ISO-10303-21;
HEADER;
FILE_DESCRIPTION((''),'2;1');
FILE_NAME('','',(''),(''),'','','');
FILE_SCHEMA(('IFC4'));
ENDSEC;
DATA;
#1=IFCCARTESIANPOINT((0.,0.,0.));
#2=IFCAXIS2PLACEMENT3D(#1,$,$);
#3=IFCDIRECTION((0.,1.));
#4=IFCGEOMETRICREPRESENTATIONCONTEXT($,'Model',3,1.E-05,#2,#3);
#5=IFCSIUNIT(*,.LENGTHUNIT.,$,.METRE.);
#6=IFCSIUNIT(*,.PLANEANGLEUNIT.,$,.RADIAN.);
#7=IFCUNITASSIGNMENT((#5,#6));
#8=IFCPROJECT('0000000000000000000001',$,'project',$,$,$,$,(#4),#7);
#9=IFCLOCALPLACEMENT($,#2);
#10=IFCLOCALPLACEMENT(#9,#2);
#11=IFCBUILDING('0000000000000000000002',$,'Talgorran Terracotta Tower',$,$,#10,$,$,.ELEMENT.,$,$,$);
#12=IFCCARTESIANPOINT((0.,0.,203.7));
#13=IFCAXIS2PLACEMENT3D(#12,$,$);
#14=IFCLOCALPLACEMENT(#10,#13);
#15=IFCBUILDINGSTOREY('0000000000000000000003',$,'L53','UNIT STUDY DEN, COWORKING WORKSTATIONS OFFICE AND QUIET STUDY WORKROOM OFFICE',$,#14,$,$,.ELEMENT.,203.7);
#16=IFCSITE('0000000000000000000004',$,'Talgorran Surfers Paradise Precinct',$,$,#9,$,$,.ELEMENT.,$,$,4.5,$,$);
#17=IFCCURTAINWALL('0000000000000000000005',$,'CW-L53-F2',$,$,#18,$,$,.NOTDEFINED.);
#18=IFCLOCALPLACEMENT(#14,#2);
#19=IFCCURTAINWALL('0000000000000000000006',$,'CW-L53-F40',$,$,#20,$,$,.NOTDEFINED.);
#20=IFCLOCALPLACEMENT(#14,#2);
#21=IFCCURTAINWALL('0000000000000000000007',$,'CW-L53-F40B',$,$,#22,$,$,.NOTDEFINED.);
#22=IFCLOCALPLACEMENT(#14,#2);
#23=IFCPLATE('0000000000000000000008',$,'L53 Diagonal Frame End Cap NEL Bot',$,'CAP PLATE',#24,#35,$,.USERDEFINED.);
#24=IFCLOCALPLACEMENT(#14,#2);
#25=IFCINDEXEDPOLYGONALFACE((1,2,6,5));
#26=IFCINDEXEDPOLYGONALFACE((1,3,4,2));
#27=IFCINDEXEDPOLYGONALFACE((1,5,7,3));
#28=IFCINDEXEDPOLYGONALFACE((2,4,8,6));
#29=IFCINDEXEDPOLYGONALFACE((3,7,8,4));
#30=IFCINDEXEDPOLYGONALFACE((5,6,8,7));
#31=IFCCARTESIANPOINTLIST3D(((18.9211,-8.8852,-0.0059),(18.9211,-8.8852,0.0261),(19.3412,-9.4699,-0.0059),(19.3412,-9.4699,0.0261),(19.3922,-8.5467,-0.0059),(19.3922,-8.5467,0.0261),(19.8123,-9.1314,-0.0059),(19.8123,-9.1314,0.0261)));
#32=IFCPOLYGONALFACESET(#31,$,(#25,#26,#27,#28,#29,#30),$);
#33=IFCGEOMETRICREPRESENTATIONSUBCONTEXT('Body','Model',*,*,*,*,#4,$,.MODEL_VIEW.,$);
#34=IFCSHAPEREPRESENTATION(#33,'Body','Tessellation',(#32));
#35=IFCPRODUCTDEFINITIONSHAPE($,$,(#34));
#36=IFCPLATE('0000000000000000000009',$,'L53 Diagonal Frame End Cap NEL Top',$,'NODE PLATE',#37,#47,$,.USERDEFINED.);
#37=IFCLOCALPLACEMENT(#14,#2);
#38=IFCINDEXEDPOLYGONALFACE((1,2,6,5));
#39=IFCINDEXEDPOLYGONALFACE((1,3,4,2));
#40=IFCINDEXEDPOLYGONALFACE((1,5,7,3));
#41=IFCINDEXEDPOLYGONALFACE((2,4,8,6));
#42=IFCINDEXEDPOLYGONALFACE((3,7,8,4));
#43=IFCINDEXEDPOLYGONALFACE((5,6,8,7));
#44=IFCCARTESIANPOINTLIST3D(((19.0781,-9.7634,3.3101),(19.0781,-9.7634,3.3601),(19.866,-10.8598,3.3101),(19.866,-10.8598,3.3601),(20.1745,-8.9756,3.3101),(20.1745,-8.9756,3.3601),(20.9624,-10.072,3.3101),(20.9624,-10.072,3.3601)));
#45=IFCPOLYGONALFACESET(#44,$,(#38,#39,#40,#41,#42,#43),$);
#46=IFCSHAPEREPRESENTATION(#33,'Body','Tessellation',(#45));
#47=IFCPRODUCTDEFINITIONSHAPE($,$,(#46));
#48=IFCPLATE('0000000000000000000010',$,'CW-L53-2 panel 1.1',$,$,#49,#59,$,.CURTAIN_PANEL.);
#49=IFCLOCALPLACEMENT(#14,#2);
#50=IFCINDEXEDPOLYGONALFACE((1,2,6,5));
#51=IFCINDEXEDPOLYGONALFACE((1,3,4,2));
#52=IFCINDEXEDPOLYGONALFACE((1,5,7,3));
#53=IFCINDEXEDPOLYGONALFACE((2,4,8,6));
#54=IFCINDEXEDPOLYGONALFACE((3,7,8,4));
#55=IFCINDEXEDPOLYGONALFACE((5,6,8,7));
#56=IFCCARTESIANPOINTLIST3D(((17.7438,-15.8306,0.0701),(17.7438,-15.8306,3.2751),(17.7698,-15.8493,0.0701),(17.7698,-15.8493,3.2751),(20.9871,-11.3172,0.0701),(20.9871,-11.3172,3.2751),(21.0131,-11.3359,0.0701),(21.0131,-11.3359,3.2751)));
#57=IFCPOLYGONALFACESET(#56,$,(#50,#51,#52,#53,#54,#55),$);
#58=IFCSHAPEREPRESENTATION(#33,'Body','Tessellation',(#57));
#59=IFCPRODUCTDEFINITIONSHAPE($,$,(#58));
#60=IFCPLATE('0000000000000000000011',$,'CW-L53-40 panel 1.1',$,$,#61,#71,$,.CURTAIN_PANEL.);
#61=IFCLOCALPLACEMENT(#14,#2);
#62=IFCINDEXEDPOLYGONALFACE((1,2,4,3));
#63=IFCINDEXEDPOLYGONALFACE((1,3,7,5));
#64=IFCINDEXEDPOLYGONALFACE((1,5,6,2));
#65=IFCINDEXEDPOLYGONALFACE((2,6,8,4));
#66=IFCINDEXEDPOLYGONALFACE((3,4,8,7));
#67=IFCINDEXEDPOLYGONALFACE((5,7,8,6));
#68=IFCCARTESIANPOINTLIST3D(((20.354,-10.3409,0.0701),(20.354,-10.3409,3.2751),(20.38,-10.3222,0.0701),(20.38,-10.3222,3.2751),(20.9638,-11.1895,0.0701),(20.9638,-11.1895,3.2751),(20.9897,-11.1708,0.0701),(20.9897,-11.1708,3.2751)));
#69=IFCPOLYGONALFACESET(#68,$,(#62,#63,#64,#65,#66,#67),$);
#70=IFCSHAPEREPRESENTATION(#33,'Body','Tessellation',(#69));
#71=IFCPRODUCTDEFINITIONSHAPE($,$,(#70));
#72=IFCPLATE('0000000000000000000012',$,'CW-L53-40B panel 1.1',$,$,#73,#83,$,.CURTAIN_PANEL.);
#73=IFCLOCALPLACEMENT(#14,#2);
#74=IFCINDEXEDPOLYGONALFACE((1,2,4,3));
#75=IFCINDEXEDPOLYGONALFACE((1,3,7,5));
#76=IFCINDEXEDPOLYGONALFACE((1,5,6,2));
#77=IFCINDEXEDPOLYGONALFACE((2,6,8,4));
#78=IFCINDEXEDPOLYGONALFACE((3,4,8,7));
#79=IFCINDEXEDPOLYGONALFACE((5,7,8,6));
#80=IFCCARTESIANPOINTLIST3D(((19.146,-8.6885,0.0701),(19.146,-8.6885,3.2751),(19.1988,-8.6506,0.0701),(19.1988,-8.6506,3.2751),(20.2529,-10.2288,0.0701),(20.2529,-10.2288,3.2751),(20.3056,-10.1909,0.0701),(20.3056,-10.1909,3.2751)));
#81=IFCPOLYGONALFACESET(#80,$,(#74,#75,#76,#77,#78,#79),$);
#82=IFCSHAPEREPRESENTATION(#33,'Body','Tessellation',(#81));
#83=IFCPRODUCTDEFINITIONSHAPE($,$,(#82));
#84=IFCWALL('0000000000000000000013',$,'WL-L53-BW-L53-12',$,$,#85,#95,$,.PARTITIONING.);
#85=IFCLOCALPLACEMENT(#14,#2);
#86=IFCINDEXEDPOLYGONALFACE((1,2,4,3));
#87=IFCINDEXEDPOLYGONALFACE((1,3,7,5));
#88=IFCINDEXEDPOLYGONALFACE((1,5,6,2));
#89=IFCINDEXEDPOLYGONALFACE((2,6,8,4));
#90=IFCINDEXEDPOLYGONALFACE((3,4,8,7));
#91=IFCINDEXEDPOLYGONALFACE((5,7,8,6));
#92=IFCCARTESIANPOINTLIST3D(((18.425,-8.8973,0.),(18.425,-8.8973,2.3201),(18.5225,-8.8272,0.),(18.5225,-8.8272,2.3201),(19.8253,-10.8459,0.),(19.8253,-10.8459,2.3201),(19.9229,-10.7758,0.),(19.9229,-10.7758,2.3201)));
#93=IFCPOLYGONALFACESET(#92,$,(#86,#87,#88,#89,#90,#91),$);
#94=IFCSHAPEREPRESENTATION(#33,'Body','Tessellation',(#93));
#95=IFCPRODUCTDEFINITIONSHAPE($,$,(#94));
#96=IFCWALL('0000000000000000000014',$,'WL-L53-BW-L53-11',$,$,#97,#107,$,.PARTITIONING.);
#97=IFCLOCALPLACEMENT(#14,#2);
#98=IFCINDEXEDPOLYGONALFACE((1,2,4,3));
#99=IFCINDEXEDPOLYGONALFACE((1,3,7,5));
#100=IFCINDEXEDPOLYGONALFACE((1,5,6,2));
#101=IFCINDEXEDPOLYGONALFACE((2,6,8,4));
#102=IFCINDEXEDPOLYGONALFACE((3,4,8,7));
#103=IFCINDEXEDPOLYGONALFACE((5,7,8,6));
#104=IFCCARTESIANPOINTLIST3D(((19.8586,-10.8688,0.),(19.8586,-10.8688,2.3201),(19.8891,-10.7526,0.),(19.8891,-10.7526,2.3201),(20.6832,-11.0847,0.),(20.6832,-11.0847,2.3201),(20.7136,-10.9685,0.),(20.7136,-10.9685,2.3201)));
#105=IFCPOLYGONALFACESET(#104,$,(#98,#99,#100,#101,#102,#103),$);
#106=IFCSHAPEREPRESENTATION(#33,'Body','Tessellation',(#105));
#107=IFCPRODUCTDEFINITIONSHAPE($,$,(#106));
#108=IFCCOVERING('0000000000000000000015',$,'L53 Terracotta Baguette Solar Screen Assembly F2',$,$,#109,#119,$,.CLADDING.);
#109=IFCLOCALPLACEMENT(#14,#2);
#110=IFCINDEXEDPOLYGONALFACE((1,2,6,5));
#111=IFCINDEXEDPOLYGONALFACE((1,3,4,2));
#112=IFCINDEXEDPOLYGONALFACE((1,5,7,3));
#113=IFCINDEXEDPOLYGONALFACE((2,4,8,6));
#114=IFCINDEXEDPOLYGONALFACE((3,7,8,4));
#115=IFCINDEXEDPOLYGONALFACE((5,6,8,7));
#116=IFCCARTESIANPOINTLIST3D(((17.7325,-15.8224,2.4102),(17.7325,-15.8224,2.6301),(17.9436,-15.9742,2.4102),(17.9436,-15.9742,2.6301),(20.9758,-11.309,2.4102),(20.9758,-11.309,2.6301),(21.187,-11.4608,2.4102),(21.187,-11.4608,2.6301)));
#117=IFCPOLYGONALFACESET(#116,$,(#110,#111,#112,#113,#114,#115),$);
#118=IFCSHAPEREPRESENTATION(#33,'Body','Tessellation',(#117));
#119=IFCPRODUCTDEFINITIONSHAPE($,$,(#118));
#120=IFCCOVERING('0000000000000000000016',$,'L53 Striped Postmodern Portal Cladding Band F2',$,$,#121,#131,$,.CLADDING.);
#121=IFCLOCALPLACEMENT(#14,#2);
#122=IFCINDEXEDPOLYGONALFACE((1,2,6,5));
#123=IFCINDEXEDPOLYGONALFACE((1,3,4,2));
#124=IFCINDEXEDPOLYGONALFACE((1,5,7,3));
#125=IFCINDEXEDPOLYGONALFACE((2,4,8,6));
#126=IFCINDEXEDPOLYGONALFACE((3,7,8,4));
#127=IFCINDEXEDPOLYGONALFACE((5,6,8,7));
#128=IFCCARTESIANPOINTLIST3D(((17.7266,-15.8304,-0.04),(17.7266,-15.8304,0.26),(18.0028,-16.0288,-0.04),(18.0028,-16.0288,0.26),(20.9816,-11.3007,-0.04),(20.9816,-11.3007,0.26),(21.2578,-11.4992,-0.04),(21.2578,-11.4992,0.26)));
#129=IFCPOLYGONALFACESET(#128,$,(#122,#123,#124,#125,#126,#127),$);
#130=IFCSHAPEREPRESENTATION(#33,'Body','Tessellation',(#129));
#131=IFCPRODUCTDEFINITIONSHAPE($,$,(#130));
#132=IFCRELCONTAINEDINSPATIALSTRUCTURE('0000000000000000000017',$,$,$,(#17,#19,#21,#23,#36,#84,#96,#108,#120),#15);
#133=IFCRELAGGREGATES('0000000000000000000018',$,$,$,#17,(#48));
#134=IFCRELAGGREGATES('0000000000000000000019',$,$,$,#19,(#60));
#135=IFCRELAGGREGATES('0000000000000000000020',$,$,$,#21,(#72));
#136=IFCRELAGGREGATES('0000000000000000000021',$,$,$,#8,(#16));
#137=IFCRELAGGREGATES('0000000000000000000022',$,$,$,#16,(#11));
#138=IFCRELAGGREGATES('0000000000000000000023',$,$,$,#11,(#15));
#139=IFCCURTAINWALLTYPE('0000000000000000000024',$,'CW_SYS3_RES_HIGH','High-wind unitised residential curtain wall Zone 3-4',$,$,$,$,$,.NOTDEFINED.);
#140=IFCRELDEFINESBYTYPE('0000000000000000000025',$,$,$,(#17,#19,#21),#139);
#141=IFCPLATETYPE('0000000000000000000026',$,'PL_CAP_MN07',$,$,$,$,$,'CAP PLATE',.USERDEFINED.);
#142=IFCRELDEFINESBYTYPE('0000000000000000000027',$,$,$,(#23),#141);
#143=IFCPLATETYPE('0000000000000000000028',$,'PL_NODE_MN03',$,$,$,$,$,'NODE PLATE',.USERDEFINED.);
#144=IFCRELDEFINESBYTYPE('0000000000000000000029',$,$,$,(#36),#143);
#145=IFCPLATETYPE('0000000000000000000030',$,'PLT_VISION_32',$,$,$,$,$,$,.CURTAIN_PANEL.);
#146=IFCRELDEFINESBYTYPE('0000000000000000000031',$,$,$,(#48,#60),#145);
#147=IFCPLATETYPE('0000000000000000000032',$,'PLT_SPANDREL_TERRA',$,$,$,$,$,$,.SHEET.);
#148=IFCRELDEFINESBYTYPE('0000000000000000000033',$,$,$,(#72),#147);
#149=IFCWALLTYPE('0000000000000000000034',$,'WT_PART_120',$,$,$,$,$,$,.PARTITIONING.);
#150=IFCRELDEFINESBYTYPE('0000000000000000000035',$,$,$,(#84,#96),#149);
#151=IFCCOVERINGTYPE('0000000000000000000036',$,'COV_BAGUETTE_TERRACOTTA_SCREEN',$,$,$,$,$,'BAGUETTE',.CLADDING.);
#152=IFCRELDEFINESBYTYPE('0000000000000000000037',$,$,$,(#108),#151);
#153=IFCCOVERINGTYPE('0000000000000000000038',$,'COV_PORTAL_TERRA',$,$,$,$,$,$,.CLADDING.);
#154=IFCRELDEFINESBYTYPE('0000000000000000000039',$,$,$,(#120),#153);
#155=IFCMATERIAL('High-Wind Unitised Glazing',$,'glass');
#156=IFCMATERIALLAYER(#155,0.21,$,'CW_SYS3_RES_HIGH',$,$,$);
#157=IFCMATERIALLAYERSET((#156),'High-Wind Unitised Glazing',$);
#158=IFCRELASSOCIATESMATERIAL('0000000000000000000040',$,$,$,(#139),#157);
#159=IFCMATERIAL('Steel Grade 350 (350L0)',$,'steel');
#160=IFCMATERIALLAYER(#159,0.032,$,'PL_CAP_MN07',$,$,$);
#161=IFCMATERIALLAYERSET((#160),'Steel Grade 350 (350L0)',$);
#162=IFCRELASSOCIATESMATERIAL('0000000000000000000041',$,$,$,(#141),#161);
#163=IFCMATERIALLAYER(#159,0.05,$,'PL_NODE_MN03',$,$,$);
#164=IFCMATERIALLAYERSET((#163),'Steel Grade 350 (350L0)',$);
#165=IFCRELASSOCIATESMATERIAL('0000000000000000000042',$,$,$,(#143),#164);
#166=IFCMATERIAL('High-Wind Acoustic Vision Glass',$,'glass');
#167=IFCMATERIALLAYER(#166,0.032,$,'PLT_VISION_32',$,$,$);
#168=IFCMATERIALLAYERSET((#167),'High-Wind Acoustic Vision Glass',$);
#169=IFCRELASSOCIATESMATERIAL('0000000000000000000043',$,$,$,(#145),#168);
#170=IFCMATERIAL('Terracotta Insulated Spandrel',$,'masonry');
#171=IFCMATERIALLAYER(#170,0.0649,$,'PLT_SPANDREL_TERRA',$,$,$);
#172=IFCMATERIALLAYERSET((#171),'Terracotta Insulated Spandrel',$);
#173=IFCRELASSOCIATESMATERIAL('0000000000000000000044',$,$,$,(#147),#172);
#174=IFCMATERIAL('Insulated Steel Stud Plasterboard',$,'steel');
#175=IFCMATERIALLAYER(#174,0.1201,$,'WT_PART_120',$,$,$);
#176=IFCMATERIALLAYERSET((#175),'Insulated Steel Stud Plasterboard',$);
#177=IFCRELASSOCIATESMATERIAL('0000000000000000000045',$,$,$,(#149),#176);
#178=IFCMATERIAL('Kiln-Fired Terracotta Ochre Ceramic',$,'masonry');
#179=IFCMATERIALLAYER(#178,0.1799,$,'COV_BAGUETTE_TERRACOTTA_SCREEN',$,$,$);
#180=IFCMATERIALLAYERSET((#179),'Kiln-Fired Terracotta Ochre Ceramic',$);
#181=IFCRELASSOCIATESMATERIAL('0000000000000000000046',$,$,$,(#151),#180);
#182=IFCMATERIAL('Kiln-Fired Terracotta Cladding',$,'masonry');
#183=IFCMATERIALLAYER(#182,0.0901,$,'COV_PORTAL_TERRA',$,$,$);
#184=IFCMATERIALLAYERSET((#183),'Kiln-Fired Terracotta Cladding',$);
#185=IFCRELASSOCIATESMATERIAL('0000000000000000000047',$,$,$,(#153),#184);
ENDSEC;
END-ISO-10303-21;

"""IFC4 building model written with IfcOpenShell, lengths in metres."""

from ifc_helpers import new_model, si_unit, direction, frame, frame_2d, origin, origin_2d, place, context, subcontext, project, spatial, rectangle, extrude, source, transform, mapped, material, layer, layer_set, type_object, type_shapes, element, aggregate, save


model = new_model("IFC4")

# Units and contexts
model_context = context("Model", 3, precision=1e-05, world=origin(), true_north=direction((0.0, 1.0)))
body_context = subcontext(model_context, "Body", "Model", "MODEL_VIEW")
ifc_project = project(units=[si_unit("LENGTHUNIT", "METRE"), si_unit("PLANEANGLEUNIT", "RADIAN")], contexts=[model_context])

# Site, building, storey
site_placement = place(None, origin())
site = spatial("IfcSite", under=ifc_project, at=site_placement, Name="Talgorran Surfers Paradise Precinct", CompositionType="ELEMENT", RefElevation=4.5)
building_placement = place(site_placement, origin())
building = spatial("IfcBuilding", under=site, at=building_placement, Name="Talgorran Terracotta Tower", CompositionType="ELEMENT")
storey_placement = place(building_placement, frame((0.0, 0.0, 203.7)))
storey = spatial("IfcBuildingStorey", under=building, at=storey_placement, Name="L53", Description="UNIT STUDY DEN, COWORKING WORKSTATIONS OFFICE AND QUIET STUDY WORKROOM OFFICE", CompositionType="ELEMENT", Elevation=203.7)

# Shared definitions
ifc_material_1 = material(Name="Steel Grade 350 (350L0)", Category="steel")

# Curtain wall
ifc_material_2 = material(Name="High-Wind Unitised Glazing", Category="glass")
ifc_layer_1 = layer(ifc_material_2, 0.21, Name="CW_SYS3_RES_HIGH")
ifc_layer_set_1 = layer_set([ifc_layer_1], Name="High-Wind Unitised Glazing")
curtain_wall_type = type_object("IfcCurtainWallType", Name="CW_SYS3_RES_HIGH", Description="High-wind unitised residential curtain wall Zone 3-4", PredefinedType="NOTDEFINED", material=ifc_layer_set_1)
curtain_wall_1_placement = place(storey_placement, origin())
curtain_wall_1 = element("IfcCurtainWall", 1, at=curtain_wall_1_placement, inside=storey, type_object=curtain_wall_type, Name="CW-L53-F2", PredefinedType="NOTDEFINED")

# Curtain walls
curtain_wall_2_placement = place(storey_placement, origin())
curtain_wall_2 = element("IfcCurtainWall", 2, at=curtain_wall_2_placement, inside=storey, type_object=curtain_wall_type, Name="CW-L53-F40", PredefinedType="NOTDEFINED")
curtain_wall_3_placement = place(storey_placement, origin())
curtain_wall_3 = element("IfcCurtainWall", 3, at=curtain_wall_3_placement, inside=storey, type_object=curtain_wall_type, Name="CW-L53-F40B", PredefinedType="NOTDEFINED")

# Plates
ifc_layer_2 = layer(ifc_material_1, 0.032, Name="PL_CAP_MN07")
ifc_layer_set_2 = layer_set([ifc_layer_2], Name="Steel Grade 350 (350L0)")
plate_type_1 = type_object("IfcPlateType", Name="PL_CAP_MN07", ElementType="CAP PLATE", PredefinedType="USERDEFINED", material=ifc_layer_set_2)
plate_1_placement = place(storey_placement, frame((19.3667, -9.0083, -0.0059), z_axis=(0.0, 0.0, 1.0), x_axis=(0.583541, -0.812084, 0.0)))
element("IfcPlate", 4, at=plate_1_placement, inside=storey, type_object=plate_type_1, Name="L53 Diagonal Frame End Cap NEL Bot", ObjectType="CAP PLATE", PredefinedType="USERDEFINED", context=body_context, shape_type="SweptSolid", body=[
    extrude(rectangle(XDim=0.72, YDim=0.5801, at=origin_2d()), origin(), (0.0, 0.0, 1.0), 0.032),
])
ifc_layer_3 = layer(ifc_material_1, 0.05, Name="PL_NODE_MN03")
ifc_layer_set_3 = layer_set([ifc_layer_3], Name="Steel Grade 350 (350L0)")
plate_type_2 = type_object("IfcPlateType", Name="PL_NODE_MN03", ElementType="NODE PLATE", PredefinedType="USERDEFINED", material=ifc_layer_set_3)
plate_2_placement = place(storey_placement, frame((20.0203, -9.9177, 3.3101), z_axis=(0.0, 0.0, 1.0), x_axis=(0.583541, -0.812084, 0.0)))
element("IfcPlate", 5, at=plate_2_placement, inside=storey, type_object=plate_type_2, Name="L53 Diagonal Frame End Cap NEL Top", ObjectType="NODE PLATE", PredefinedType="USERDEFINED", context=body_context, shape_type="SweptSolid", body=[
    extrude(rectangle(XDim=1.3501, YDim=1.3501, at=origin_2d()), origin(), (0.0, 0.0, 1.0), 0.05),
])

# Plates
ifc_material_3 = material(Name="High-Wind Acoustic Vision Glass", Category="glass")
ifc_layer_4 = layer(ifc_material_3, 0.032, Name="PLT_VISION_32")
ifc_layer_set_4 = layer_set([ifc_layer_4], Name="High-Wind Acoustic Vision Glass")
plate_type_3 = type_object("IfcPlateType", Name="PLT_VISION_32", PredefinedType="CURTAIN_PANEL", material=ifc_layer_set_4)
shared_shape_1 = source(origin(), body_context, "Body", "SweptSolid", [
    extrude(rectangle(XDim=5.5579, YDim=0.032, at=origin_2d()), origin(), (0.0, 0.0, 1.0), 3.2051),
])
plate_3_placement = place(storey_placement, frame((19.3784, -13.5833, 0.0701), z_axis=(0.0, 0.0, 1.0), x_axis=(0.583552, 0.812076, 0.0)))
plate_3 = element("IfcPlate", 6, at=plate_3_placement, type_object=plate_type_3, Name="CW-L53-2 panel 1.1", PredefinedType="CURTAIN_PANEL", context=body_context, shape_type="MappedRepresentation", body=[
    mapped(shared_shape_1, transform((0.0, 0.0, 0.0), scale=1.0)),
])
aggregate(curtain_wall_1, [plate_3])
shared_shape_2 = source(origin(), body_context, "Body", "SweptSolid", [
    extrude(rectangle(XDim=1.0449, YDim=0.032, at=origin_2d()), origin(), (0.0, 0.0, 1.0), 3.2051),
])
type_shapes(plate_type_3, [shared_shape_1, shared_shape_2])
plate_4_placement = place(storey_placement, frame((20.6719, -10.7559, 0.0701), z_axis=(0.0, 0.0, 1.0), x_axis=(-0.583551, 0.812077, 0.0)))
plate_4 = element("IfcPlate", 7, at=plate_4_placement, type_object=plate_type_3, Name="CW-L53-40 panel 1.1", PredefinedType="CURTAIN_PANEL", context=body_context, shape_type="MappedRepresentation", body=[
    mapped(shared_shape_2, transform((0.0, 0.0, 0.0), scale=1.0)),
])
aggregate(curtain_wall_2, [plate_4])
ifc_material_4 = material(Name="Terracotta Insulated Spandrel", Category="masonry")
ifc_layer_5 = layer(ifc_material_4, 0.0649, Name="PLT_SPANDREL_TERRA")
ifc_layer_set_5 = layer_set([ifc_layer_5], Name="Terracotta Insulated Spandrel")
plate_type_4 = type_object("IfcPlateType", Name="PLT_SPANDREL_TERRA", PredefinedType="SHEET", material=ifc_layer_set_5)
shared_shape_3 = source(origin(), body_context, "Body", "SweptSolid", [
    extrude(rectangle(XDim=1.8967, YDim=0.0649, at=origin_2d()), origin(), (0.0, 0.0, 1.0), 3.2051),
])
type_shapes(plate_type_4, [shared_shape_3])
plate_5_placement = place(storey_placement, frame((19.7258, -9.4397, 0.0701), z_axis=(0.0, 0.0, 1.0), x_axis=(-0.583558, 0.812071, 0.0)))
plate_5 = element("IfcPlate", 8, at=plate_5_placement, type_object=plate_type_4, Name="CW-L53-40B panel 1.1", PredefinedType="CURTAIN_PANEL", context=body_context, shape_type="MappedRepresentation", body=[
    mapped(shared_shape_3, transform((0.0, 0.0, 0.0), scale=1.0)),
])
aggregate(curtain_wall_3, [plate_5])

# Walls
ifc_material_5 = material(Name="Insulated Steel Stud Plasterboard", Category="steel")
ifc_layer_6 = layer(ifc_material_5, 0.1201, Name="WT_PART_120")
ifc_layer_set_6 = layer_set([ifc_layer_6], Name="Insulated Steel Stud Plasterboard")
wall_type = type_object("IfcWallType", Name="WT_PART_120", PredefinedType="PARTITIONING", material=ifc_layer_set_6)
wall_1_placement = place(storey_placement, frame((19.874, -10.8108, 0.0), z_axis=(0.0, 0.0, 1.0), x_axis=(-0.583565, 0.812067, 0.0)))
element("IfcWall", 9, at=wall_1_placement, inside=storey, type_object=wall_type, Name="WL-L53-BW-L53-12", PredefinedType="PARTITIONING", context=body_context, shape_type="SweptSolid", body=[
    extrude(rectangle(XDim=2.3997, YDim=0.1201, at=frame_2d((1.1997, 0.0))), origin(), (0.0, 0.0, 1.0), 2.3201),
])
wall_2_placement = place(storey_placement, frame((20.6985, -11.0266, 0.0), z_axis=(0.0, 0.0, 1.0), x_axis=(-0.967404, 0.253238, 0.0)))
element("IfcWall", 10, at=wall_2_placement, inside=storey, type_object=wall_type, Name="WL-L53-BW-L53-11", PredefinedType="PARTITIONING", context=body_context, shape_type="SweptSolid", body=[
    extrude(rectangle(XDim=0.8523, YDim=0.1201, at=frame_2d((0.4263, 0.0))), origin(), (0.0, 0.0, 1.0), 2.3201),
])

# Coverings
ifc_material_6 = material(Name="Kiln-Fired Terracotta Ochre Ceramic", Category="masonry")
ifc_layer_7 = layer(ifc_material_6, 0.1799, Name="COV_BAGUETTE_TERRACOTTA_SCREEN")
ifc_layer_set_7 = layer_set([ifc_layer_7], Name="Kiln-Fired Terracotta Ochre Ceramic")
covering_type_1 = type_object("IfcCoveringType", Name="COV_BAGUETTE_TERRACOTTA_SCREEN", ElementType="BAGUETTE", PredefinedType="CLADDING", material=ifc_layer_set_7)
covering_1_placement = place(storey_placement, frame((19.4597, -13.6416, 2.4102), z_axis=(0.0, 0.0, 1.0), x_axis=(0.583555, 0.812073, 0.0)))
element("IfcCovering", 11, at=covering_1_placement, inside=storey, type_object=covering_type_1, Name="L53 Terracotta Baguette Solar Screen Assembly F2", PredefinedType="CLADDING", context=body_context, shape_type="SweptSolid", body=[
    extrude(rectangle(XDim=5.5579, YDim=0.26, at=origin_2d()), origin(), (0.0, 0.0, 1.0), 0.22),
])
ifc_material_7 = material(Name="Kiln-Fired Terracotta Cladding", Category="masonry")
ifc_layer_8 = layer(ifc_material_7, 0.0901, Name="COV_PORTAL_TERRA")
ifc_layer_set_8 = layer_set([ifc_layer_8], Name="Kiln-Fired Terracotta Cladding")
covering_type_2 = type_object("IfcCoveringType", Name="COV_PORTAL_TERRA", PredefinedType="CLADDING", material=ifc_layer_set_8)
covering_2_placement = place(storey_placement, frame((19.4922, -13.6648, -0.04), z_axis=(0.0, 0.0, 1.0), x_axis=(0.583555, 0.812073, 0.0)))
element("IfcCovering", 12, at=covering_2_placement, inside=storey, type_object=covering_type_2, Name="L53 Striped Postmodern Portal Cladding Band F2", PredefinedType="CLADDING", context=body_context, shape_type="SweptSolid", body=[
    extrude(rectangle(XDim=5.5779, YDim=0.3401, at=origin_2d()), origin(), (0.0, 0.0, 1.0), 0.3),
])

save(model, "model.ifc")
